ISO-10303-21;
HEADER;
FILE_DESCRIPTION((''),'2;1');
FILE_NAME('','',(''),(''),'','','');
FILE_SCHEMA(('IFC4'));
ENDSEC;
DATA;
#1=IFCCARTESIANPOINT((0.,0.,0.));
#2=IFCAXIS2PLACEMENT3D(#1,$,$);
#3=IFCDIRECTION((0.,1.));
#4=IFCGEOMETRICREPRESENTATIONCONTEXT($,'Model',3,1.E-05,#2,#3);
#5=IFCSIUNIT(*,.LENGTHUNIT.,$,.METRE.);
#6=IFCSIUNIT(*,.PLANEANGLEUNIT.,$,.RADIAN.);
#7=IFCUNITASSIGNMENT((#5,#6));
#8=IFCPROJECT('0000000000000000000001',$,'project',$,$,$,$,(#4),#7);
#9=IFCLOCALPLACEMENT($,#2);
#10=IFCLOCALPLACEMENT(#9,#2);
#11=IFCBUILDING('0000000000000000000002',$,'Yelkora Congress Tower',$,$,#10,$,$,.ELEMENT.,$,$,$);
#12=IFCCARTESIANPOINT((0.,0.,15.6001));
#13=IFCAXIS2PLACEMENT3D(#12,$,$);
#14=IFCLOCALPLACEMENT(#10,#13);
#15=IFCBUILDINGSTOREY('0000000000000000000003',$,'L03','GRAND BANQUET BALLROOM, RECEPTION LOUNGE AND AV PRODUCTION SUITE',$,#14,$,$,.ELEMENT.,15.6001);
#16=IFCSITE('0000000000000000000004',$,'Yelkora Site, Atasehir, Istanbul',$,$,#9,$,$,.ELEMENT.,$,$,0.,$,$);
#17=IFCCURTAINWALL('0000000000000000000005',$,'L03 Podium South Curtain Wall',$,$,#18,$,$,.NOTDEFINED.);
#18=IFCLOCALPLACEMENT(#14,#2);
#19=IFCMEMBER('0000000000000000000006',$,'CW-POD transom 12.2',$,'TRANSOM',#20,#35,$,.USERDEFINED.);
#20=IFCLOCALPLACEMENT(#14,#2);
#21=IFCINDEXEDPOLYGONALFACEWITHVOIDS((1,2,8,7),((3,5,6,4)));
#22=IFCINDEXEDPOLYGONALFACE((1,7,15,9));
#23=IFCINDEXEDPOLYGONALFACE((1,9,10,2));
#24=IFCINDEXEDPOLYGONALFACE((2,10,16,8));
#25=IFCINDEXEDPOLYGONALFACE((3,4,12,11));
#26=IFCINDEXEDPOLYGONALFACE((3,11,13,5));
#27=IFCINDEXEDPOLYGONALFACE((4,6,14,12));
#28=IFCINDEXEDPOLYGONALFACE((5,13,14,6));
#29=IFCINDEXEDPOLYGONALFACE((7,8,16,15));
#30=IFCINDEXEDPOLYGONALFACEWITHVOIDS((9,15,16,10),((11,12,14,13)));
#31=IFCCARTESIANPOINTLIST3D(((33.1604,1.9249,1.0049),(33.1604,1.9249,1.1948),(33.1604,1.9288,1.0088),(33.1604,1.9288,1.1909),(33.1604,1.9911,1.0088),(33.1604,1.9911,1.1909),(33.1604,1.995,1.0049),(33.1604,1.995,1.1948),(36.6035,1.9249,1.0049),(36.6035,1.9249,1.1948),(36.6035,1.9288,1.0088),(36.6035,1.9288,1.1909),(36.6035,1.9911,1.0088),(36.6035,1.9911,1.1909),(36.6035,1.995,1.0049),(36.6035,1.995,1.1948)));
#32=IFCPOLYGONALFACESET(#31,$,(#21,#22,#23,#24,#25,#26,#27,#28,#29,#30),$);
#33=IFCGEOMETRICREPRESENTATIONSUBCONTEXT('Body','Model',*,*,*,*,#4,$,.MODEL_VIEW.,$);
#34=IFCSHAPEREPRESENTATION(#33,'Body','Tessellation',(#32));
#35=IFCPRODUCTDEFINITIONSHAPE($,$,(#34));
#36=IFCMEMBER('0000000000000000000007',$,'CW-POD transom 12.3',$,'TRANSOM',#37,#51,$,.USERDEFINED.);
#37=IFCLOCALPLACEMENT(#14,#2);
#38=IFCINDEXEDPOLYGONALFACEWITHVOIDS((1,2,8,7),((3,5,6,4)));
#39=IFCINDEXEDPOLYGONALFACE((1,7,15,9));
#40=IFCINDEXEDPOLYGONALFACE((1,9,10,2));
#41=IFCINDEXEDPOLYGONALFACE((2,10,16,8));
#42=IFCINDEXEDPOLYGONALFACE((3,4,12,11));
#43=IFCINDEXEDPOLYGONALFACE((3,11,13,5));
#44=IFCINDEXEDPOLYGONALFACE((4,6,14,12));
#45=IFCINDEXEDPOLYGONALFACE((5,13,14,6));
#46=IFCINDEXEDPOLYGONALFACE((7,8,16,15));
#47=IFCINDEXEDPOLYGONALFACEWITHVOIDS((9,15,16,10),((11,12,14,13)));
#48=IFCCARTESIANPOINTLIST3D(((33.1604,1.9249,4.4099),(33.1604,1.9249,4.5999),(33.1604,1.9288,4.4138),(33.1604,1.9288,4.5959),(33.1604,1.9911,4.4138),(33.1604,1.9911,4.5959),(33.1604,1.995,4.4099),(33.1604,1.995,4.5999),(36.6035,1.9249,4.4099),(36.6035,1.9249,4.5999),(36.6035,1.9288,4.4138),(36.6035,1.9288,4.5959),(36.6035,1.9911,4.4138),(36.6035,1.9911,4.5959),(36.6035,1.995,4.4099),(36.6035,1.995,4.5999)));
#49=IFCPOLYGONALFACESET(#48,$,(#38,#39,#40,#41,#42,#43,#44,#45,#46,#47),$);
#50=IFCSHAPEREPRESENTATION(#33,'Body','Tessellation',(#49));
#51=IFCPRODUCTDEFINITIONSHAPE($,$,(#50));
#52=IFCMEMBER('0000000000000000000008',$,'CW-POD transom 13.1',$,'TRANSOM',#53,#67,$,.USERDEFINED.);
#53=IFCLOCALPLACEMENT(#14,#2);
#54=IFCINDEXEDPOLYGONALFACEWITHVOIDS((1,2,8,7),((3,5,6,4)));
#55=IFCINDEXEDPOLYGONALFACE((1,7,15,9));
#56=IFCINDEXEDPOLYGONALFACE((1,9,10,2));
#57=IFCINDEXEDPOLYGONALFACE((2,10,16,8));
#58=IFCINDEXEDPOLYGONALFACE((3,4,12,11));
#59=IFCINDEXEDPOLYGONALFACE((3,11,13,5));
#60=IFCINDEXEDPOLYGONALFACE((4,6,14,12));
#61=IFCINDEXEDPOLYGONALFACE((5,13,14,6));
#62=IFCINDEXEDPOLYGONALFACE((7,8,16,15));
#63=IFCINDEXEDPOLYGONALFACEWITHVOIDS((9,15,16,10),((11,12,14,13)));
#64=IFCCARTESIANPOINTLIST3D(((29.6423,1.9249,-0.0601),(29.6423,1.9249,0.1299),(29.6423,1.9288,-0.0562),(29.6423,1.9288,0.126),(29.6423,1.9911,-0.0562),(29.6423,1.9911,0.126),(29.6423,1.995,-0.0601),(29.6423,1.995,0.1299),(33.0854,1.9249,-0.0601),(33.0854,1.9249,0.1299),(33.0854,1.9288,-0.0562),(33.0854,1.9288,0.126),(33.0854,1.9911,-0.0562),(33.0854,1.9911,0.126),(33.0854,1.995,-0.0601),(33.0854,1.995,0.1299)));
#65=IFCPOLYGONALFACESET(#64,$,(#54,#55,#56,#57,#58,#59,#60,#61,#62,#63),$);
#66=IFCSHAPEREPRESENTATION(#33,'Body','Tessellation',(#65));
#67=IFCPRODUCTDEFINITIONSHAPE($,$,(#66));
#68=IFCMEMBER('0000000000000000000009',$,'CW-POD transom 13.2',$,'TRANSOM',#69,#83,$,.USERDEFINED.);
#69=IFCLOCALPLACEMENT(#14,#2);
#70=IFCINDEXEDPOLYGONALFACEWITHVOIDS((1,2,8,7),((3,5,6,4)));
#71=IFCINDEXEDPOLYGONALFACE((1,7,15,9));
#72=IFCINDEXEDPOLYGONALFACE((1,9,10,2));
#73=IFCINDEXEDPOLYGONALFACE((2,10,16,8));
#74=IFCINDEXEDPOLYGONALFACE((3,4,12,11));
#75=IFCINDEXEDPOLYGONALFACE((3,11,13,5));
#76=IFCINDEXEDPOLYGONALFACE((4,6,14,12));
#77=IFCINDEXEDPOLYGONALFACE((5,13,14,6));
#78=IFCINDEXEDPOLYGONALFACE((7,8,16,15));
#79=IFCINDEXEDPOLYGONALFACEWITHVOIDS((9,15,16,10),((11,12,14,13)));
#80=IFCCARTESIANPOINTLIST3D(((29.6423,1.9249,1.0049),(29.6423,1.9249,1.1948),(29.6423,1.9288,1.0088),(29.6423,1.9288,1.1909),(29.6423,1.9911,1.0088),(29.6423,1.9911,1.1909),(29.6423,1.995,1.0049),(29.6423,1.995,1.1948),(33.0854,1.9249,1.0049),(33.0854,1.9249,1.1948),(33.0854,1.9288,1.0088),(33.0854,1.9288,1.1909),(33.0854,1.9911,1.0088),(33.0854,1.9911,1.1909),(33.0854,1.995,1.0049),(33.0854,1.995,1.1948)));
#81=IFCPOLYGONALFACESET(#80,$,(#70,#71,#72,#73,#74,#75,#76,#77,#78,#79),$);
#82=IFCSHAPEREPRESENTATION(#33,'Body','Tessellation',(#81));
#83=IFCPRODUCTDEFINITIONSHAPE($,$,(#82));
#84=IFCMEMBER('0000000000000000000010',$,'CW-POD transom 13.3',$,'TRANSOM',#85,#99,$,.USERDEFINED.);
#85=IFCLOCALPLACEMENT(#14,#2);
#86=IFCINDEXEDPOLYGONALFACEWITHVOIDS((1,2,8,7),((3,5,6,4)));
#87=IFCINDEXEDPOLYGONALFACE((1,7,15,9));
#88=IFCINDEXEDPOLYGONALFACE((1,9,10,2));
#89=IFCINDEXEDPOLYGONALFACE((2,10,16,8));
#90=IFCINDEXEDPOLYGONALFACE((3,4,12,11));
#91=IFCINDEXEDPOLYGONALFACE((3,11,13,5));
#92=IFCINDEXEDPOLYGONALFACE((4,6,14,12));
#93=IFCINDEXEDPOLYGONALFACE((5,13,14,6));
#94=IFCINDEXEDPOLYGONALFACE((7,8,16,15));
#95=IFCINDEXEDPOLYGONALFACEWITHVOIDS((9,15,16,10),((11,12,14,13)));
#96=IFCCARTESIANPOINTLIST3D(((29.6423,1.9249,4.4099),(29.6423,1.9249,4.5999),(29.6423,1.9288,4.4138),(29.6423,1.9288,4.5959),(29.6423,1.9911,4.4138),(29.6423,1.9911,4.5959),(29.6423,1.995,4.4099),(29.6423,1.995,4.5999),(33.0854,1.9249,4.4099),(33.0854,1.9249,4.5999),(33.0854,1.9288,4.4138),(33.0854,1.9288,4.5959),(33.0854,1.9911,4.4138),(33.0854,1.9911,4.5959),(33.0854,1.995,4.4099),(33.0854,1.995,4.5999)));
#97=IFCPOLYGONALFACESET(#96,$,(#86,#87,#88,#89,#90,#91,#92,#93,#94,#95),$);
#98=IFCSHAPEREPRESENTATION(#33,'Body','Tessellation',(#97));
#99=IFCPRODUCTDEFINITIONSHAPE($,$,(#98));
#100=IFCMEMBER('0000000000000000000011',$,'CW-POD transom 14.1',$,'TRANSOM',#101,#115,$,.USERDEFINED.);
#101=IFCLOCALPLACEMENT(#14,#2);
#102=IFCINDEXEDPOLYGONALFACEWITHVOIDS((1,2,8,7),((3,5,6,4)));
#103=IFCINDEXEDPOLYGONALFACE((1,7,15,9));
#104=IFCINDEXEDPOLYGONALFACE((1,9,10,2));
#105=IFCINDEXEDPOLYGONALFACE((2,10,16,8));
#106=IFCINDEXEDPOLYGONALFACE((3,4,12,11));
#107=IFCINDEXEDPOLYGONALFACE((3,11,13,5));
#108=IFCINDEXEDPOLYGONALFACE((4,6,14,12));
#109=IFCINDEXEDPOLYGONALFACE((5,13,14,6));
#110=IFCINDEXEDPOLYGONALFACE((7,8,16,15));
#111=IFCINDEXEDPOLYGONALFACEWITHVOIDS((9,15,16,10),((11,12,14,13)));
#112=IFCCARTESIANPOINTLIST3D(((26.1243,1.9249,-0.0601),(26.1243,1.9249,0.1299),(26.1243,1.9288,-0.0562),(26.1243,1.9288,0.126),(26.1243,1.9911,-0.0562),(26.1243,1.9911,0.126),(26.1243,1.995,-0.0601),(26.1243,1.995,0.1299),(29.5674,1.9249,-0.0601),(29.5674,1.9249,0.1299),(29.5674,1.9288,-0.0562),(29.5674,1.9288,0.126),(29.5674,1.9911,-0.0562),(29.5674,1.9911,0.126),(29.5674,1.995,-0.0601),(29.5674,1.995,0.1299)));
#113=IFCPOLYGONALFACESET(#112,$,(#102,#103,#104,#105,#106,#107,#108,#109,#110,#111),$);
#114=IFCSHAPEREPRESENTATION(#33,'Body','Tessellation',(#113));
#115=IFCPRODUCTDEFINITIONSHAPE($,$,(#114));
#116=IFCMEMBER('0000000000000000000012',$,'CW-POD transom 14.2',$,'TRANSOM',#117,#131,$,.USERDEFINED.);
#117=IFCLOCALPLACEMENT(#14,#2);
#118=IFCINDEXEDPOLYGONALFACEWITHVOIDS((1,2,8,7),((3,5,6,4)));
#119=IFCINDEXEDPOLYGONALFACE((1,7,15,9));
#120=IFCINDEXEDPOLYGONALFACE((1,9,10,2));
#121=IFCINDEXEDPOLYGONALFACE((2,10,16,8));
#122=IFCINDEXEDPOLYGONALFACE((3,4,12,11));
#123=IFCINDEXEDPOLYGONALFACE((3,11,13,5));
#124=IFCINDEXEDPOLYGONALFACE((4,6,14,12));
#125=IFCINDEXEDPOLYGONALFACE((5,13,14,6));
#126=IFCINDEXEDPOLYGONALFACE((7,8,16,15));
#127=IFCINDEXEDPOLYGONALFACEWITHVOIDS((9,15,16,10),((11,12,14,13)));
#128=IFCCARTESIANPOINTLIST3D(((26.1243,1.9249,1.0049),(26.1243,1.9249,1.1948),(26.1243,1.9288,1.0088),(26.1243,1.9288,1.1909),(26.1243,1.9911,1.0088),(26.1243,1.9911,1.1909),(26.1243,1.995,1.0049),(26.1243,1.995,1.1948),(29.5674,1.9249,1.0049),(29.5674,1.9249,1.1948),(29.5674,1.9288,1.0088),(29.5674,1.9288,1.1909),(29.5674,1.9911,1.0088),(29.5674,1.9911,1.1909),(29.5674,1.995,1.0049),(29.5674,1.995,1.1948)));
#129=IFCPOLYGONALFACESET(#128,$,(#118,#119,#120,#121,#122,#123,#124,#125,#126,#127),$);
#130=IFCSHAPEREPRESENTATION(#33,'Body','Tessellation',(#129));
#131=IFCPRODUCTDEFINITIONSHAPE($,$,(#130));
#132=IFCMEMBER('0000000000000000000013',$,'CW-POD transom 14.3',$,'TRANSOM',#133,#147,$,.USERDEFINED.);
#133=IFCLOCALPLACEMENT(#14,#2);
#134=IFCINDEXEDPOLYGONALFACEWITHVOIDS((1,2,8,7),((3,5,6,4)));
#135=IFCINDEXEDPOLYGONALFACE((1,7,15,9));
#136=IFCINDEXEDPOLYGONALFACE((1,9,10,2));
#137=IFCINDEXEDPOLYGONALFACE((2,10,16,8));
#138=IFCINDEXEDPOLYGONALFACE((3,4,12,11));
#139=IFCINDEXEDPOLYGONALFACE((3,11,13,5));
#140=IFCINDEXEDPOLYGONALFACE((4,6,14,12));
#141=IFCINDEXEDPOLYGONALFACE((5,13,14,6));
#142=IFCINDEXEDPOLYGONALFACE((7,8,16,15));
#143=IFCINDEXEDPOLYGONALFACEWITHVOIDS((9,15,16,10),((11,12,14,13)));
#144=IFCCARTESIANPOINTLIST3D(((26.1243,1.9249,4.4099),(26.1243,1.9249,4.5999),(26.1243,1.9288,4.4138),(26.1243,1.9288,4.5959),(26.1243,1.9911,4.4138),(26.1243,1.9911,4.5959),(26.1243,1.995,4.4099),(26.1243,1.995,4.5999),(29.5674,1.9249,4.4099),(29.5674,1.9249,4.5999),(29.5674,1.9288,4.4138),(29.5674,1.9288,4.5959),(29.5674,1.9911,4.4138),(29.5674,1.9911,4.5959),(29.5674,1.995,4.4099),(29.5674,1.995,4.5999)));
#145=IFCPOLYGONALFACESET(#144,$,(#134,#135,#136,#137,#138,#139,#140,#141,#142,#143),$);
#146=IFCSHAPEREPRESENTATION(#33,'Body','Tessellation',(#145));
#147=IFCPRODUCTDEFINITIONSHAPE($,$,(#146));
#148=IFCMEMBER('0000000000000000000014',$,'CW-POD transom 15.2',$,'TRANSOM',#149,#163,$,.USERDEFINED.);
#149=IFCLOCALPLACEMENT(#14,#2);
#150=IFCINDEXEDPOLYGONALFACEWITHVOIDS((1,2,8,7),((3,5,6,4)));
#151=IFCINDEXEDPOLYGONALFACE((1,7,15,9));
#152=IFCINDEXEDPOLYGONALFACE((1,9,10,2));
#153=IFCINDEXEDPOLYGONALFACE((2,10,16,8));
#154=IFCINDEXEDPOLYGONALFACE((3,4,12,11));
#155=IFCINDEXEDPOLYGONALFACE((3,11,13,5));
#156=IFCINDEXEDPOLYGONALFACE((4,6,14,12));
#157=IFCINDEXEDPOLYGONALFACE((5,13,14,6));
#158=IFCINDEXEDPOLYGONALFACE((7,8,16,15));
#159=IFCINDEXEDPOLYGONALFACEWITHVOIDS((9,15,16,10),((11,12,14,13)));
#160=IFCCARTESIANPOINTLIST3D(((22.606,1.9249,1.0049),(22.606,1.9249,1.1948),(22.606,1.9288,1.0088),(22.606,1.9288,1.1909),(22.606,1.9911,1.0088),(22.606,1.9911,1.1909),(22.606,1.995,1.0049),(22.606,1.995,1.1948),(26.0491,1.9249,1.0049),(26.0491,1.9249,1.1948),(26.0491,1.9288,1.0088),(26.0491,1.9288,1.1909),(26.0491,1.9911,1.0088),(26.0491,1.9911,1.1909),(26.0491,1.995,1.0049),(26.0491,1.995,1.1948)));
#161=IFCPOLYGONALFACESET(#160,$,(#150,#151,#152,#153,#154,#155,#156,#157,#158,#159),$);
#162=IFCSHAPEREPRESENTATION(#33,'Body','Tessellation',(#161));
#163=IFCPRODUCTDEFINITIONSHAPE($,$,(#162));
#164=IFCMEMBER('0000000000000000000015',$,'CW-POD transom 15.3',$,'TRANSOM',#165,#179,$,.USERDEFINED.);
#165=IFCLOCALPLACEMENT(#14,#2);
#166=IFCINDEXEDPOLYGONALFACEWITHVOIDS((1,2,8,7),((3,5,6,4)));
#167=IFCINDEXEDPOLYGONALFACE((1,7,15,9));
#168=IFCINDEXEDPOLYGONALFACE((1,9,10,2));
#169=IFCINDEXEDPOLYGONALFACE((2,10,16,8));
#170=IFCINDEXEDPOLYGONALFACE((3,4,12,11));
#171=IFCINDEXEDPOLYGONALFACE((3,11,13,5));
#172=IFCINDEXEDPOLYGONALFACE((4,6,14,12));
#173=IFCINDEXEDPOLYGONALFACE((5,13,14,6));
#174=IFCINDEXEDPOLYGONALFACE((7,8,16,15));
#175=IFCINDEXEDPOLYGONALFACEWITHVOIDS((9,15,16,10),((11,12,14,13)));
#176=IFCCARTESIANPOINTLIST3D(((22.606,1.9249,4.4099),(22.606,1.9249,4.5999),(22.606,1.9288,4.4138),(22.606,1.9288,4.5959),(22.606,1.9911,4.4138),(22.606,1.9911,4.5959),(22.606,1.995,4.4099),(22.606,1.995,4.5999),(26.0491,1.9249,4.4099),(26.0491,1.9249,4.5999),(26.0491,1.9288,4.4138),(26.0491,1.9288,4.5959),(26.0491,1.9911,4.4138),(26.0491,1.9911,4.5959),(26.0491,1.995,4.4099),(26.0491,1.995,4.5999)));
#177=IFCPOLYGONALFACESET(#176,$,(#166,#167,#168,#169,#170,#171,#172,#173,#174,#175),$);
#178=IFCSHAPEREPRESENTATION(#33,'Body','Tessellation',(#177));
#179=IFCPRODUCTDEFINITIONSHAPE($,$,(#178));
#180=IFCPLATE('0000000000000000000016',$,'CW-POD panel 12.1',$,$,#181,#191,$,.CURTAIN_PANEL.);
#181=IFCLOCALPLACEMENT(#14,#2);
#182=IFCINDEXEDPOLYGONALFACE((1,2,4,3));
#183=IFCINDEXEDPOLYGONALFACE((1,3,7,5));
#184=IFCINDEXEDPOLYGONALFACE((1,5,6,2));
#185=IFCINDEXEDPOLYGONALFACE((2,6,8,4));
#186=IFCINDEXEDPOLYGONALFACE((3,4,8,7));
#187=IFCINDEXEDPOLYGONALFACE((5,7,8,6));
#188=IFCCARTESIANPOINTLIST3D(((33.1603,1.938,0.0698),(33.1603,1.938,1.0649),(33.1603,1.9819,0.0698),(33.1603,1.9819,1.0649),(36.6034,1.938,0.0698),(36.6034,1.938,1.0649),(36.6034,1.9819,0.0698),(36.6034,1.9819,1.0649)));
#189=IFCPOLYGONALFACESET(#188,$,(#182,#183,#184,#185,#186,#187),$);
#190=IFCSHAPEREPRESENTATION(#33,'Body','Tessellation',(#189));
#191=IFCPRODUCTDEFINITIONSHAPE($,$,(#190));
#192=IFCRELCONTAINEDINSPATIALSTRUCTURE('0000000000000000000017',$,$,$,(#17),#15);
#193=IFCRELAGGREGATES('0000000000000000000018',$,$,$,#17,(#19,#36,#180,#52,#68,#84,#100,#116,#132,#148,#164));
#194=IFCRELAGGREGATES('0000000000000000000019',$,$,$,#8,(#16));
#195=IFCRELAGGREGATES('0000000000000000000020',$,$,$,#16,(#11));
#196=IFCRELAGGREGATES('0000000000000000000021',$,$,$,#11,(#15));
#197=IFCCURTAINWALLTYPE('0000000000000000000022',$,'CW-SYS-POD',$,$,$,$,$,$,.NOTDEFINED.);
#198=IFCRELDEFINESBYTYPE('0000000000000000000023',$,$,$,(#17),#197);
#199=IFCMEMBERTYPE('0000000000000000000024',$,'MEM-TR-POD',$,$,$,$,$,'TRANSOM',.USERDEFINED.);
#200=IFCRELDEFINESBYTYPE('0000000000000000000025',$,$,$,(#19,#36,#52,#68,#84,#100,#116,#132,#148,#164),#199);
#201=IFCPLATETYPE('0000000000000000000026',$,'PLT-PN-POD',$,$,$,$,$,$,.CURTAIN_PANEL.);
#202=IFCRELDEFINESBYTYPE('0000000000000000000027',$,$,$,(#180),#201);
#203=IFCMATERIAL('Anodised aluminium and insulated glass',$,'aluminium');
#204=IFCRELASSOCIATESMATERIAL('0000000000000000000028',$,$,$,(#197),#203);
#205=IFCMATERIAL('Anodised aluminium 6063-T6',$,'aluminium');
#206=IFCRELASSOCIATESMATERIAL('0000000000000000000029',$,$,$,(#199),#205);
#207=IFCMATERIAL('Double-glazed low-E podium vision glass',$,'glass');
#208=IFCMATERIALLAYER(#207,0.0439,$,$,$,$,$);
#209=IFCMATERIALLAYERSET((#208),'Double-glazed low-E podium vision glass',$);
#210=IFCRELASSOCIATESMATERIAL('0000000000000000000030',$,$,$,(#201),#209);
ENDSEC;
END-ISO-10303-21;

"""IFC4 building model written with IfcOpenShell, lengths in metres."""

from ifc_helpers import new_model, si_unit, direction, frame, origin, origin_2d, place, context, subcontext, project, spatial, rectangle, hollow_rectangle, extrude, material, layer, layer_set, material_profile, profile_set, type_object, element, aggregate, save


model = new_model("IFC4")

# Units and contexts
model_context = context("Model", 3, precision=1e-05, world=origin(), true_north=direction((0.0, 1.0)))
body_context = subcontext(model_context, "Body", "Model", "MODEL_VIEW")
ifc_project = project(units=[si_unit("LENGTHUNIT", "METRE"), si_unit("PLANEANGLEUNIT", "RADIAN")], contexts=[model_context])

# Site, building, storey
site_placement = place(None, origin())
site = spatial("IfcSite", under=ifc_project, at=site_placement, Name="Yelkora Site, Atasehir, Istanbul", CompositionType="ELEMENT", RefElevation=0.0)
building_placement = place(site_placement, origin())
building = spatial("IfcBuilding", under=site, at=building_placement, Name="Yelkora Congress Tower", CompositionType="ELEMENT")
storey_placement = place(building_placement, frame((0.0, 0.0, 15.6001)))
storey = spatial("IfcBuildingStorey", under=building, at=storey_placement, Name="L03", Description="GRAND BANQUET BALLROOM, RECEPTION LOUNGE AND AV PRODUCTION SUITE", CompositionType="ELEMENT", Elevation=15.6001)

# Curtain wall, members, plate
ifc_material_1 = material(Name="Anodised aluminium and insulated glass", Category="aluminium")
curtain_wall_type = type_object("IfcCurtainWallType", Name="CW-SYS-POD", PredefinedType="NOTDEFINED", material=ifc_material_1)
curtain_wall_placement = place(storey_placement, origin())
curtain_wall = element("IfcCurtainWall", 1, at=curtain_wall_placement, inside=storey, type_object=curtain_wall_type, Name="L03 Podium South Curtain Wall", PredefinedType="NOTDEFINED")
ifc_material_2 = material(Name="Anodised aluminium 6063-T6", Category="aluminium")
ifc_material_profile_1 = material_profile(ifc_material_2, hollow_rectangle(XDim=0.0701, YDim=0.1899, WallThickness=0.0039, at=origin_2d()), Name="ALU 70x190x4")
ifc_profile_set_1 = profile_set([ifc_material_profile_1], Name="Anodised aluminium 6063-T6")
member_type_1 = type_object("IfcMemberType", Name="MEM-TR-POD", ElementType="TRANSOM", PredefinedType="USERDEFINED", material=ifc_profile_set_1)
member_1_placement = place(storey_placement, frame((36.6035, 1.96, 1.0999), z_axis=(-1.0, 0.0, 0.0), x_axis=(0.0, -1.0, 0.0)))
member_1 = element("IfcMember", 2, at=member_1_placement, type_object=member_type_1, Name="CW-POD transom 12.2", ObjectType="TRANSOM", PredefinedType="USERDEFINED", context=body_context, shape_type="SweptSolid", body=[
    extrude(hollow_rectangle(XDim=0.0701, YDim=0.1899, WallThickness=0.0039, at=origin_2d()), origin(), (0.0, 0.0, 1.0), 3.4431),
])
member_2_placement = place(storey_placement, frame((36.6035, 1.96, 4.5049), z_axis=(-1.0, 0.0, 0.0), x_axis=(0.0, -1.0, 0.0)))
member_2 = element("IfcMember", 3, at=member_2_placement, type_object=member_type_1, Name="CW-POD transom 12.3", ObjectType="TRANSOM", PredefinedType="USERDEFINED", context=body_context, shape_type="SweptSolid", body=[
    extrude(hollow_rectangle(XDim=0.0701, YDim=0.1899, WallThickness=0.0039, at=origin_2d()), origin(), (0.0, 0.0, 1.0), 3.4431),
])
member_3_placement = place(storey_placement, frame((33.0854, 1.96, 0.0349), z_axis=(-1.0, 0.0, 0.0), x_axis=(0.0, -1.0, 0.0)))
member_3 = element("IfcMember", 4, at=member_3_placement, type_object=member_type_1, Name="CW-POD transom 13.1", ObjectType="TRANSOM", PredefinedType="USERDEFINED", context=body_context, shape_type="SweptSolid", body=[
    extrude(hollow_rectangle(XDim=0.0701, YDim=0.1899, WallThickness=0.0039, at=origin_2d()), origin(), (0.0, 0.0, 1.0), 3.4431),
])
member_4_placement = place(storey_placement, frame((33.0854, 1.96, 1.0999), z_axis=(-1.0, 0.0, 0.0), x_axis=(0.0, -1.0, 0.0)))
member_4 = element("IfcMember", 5, at=member_4_placement, type_object=member_type_1, Name="CW-POD transom 13.2", ObjectType="TRANSOM", PredefinedType="USERDEFINED", context=body_context, shape_type="SweptSolid", body=[
    extrude(hollow_rectangle(XDim=0.0701, YDim=0.1899, WallThickness=0.0039, at=origin_2d()), origin(), (0.0, 0.0, 1.0), 3.4431),
])
member_5_placement = place(storey_placement, frame((33.0854, 1.96, 4.5049), z_axis=(-1.0, 0.0, 0.0), x_axis=(0.0, -1.0, 0.0)))
member_5 = element("IfcMember", 6, at=member_5_placement, type_object=member_type_1, Name="CW-POD transom 13.3", ObjectType="TRANSOM", PredefinedType="USERDEFINED", context=body_context, shape_type="SweptSolid", body=[
    extrude(hollow_rectangle(XDim=0.0701, YDim=0.1899, WallThickness=0.0039, at=origin_2d()), origin(), (0.0, 0.0, 1.0), 3.4431),
])
member_6_placement = place(storey_placement, frame((29.5674, 1.96, 0.0349), z_axis=(-1.0, 0.0, 0.0), x_axis=(0.0, -1.0, 0.0)))
member_6 = element("IfcMember", 7, at=member_6_placement, type_object=member_type_1, Name="CW-POD transom 14.1", ObjectType="TRANSOM", PredefinedType="USERDEFINED", context=body_context, shape_type="SweptSolid", body=[
    extrude(hollow_rectangle(XDim=0.0701, YDim=0.1899, WallThickness=0.0039, at=origin_2d()), origin(), (0.0, 0.0, 1.0), 3.4431),
])
member_7_placement = place(storey_placement, frame((29.5674, 1.96, 1.0999), z_axis=(-1.0, 0.0, 0.0), x_axis=(0.0, -1.0, 0.0)))
member_7 = element("IfcMember", 8, at=member_7_placement, type_object=member_type_1, Name="CW-POD transom 14.2", ObjectType="TRANSOM", PredefinedType="USERDEFINED", context=body_context, shape_type="SweptSolid", body=[
    extrude(hollow_rectangle(XDim=0.0701, YDim=0.1899, WallThickness=0.0039, at=origin_2d()), origin(), (0.0, 0.0, 1.0), 3.4431),
])
member_8_placement = place(storey_placement, frame((29.5674, 1.96, 4.5049), z_axis=(-1.0, 0.0, 0.0), x_axis=(0.0, -1.0, 0.0)))
member_8 = element("IfcMember", 9, at=member_8_placement, type_object=member_type_1, Name="CW-POD transom 14.3", ObjectType="TRANSOM", PredefinedType="USERDEFINED", context=body_context, shape_type="SweptSolid", body=[
    extrude(hollow_rectangle(XDim=0.0701, YDim=0.1899, WallThickness=0.0039, at=origin_2d()), origin(), (0.0, 0.0, 1.0), 3.4431),
])
member_9_placement = place(storey_placement, frame((26.0491, 1.96, 1.0999), z_axis=(-1.0, 0.0, 0.0), x_axis=(0.0, -1.0, 0.0)))
member_9 = element("IfcMember", 10, at=member_9_placement, type_object=member_type_1, Name="CW-POD transom 15.2", ObjectType="TRANSOM", PredefinedType="USERDEFINED", context=body_context, shape_type="SweptSolid", body=[
    extrude(hollow_rectangle(XDim=0.0701, YDim=0.1899, WallThickness=0.0039, at=origin_2d()), origin(), (0.0, 0.0, 1.0), 3.4431),
])
member_10_placement = place(storey_placement, frame((26.0491, 1.96, 4.5049), z_axis=(-1.0, 0.0, 0.0), x_axis=(0.0, -1.0, 0.0)))
member_10 = element("IfcMember", 11, at=member_10_placement, type_object=member_type_1, Name="CW-POD transom 15.3", ObjectType="TRANSOM", PredefinedType="USERDEFINED", context=body_context, shape_type="SweptSolid", body=[
    extrude(hollow_rectangle(XDim=0.0701, YDim=0.1899, WallThickness=0.0039, at=origin_2d()), origin(), (0.0, 0.0, 1.0), 3.4431),
])
ifc_material_3 = material(Name="Double-glazed low-E podium vision glass", Category="glass")
ifc_layer = layer(ifc_material_3, 0.0439)
ifc_layer_set = layer_set([ifc_layer], Name="Double-glazed low-E podium vision glass")
plate_type = type_object("IfcPlateType", Name="PLT-PN-POD", PredefinedType="CURTAIN_PANEL", material=ifc_layer_set)
plate_1_placement = place(storey_placement, frame((34.8818, 1.96, 0.0698), z_axis=(0.0, 0.0, 1.0), x_axis=(-1.0, 0.0, 0.0)))
plate_1 = element("IfcPlate", 12, at=plate_1_placement, type_object=plate_type, Name="CW-POD panel 12.1", PredefinedType="CURTAIN_PANEL", context=body_context, shape_type="SweptSolid", body=[
    extrude(rectangle(XDim=3.4431, YDim=0.0439, at=origin_2d()), origin(), (0.0, 0.0, 1.0), 0.9951),
])
aggregate(curtain_wall, [member_1, member_2, plate_1, member_3, member_4, member_5, member_6, member_7, member_8, member_9, member_10])

save(model, "model.ifc")
